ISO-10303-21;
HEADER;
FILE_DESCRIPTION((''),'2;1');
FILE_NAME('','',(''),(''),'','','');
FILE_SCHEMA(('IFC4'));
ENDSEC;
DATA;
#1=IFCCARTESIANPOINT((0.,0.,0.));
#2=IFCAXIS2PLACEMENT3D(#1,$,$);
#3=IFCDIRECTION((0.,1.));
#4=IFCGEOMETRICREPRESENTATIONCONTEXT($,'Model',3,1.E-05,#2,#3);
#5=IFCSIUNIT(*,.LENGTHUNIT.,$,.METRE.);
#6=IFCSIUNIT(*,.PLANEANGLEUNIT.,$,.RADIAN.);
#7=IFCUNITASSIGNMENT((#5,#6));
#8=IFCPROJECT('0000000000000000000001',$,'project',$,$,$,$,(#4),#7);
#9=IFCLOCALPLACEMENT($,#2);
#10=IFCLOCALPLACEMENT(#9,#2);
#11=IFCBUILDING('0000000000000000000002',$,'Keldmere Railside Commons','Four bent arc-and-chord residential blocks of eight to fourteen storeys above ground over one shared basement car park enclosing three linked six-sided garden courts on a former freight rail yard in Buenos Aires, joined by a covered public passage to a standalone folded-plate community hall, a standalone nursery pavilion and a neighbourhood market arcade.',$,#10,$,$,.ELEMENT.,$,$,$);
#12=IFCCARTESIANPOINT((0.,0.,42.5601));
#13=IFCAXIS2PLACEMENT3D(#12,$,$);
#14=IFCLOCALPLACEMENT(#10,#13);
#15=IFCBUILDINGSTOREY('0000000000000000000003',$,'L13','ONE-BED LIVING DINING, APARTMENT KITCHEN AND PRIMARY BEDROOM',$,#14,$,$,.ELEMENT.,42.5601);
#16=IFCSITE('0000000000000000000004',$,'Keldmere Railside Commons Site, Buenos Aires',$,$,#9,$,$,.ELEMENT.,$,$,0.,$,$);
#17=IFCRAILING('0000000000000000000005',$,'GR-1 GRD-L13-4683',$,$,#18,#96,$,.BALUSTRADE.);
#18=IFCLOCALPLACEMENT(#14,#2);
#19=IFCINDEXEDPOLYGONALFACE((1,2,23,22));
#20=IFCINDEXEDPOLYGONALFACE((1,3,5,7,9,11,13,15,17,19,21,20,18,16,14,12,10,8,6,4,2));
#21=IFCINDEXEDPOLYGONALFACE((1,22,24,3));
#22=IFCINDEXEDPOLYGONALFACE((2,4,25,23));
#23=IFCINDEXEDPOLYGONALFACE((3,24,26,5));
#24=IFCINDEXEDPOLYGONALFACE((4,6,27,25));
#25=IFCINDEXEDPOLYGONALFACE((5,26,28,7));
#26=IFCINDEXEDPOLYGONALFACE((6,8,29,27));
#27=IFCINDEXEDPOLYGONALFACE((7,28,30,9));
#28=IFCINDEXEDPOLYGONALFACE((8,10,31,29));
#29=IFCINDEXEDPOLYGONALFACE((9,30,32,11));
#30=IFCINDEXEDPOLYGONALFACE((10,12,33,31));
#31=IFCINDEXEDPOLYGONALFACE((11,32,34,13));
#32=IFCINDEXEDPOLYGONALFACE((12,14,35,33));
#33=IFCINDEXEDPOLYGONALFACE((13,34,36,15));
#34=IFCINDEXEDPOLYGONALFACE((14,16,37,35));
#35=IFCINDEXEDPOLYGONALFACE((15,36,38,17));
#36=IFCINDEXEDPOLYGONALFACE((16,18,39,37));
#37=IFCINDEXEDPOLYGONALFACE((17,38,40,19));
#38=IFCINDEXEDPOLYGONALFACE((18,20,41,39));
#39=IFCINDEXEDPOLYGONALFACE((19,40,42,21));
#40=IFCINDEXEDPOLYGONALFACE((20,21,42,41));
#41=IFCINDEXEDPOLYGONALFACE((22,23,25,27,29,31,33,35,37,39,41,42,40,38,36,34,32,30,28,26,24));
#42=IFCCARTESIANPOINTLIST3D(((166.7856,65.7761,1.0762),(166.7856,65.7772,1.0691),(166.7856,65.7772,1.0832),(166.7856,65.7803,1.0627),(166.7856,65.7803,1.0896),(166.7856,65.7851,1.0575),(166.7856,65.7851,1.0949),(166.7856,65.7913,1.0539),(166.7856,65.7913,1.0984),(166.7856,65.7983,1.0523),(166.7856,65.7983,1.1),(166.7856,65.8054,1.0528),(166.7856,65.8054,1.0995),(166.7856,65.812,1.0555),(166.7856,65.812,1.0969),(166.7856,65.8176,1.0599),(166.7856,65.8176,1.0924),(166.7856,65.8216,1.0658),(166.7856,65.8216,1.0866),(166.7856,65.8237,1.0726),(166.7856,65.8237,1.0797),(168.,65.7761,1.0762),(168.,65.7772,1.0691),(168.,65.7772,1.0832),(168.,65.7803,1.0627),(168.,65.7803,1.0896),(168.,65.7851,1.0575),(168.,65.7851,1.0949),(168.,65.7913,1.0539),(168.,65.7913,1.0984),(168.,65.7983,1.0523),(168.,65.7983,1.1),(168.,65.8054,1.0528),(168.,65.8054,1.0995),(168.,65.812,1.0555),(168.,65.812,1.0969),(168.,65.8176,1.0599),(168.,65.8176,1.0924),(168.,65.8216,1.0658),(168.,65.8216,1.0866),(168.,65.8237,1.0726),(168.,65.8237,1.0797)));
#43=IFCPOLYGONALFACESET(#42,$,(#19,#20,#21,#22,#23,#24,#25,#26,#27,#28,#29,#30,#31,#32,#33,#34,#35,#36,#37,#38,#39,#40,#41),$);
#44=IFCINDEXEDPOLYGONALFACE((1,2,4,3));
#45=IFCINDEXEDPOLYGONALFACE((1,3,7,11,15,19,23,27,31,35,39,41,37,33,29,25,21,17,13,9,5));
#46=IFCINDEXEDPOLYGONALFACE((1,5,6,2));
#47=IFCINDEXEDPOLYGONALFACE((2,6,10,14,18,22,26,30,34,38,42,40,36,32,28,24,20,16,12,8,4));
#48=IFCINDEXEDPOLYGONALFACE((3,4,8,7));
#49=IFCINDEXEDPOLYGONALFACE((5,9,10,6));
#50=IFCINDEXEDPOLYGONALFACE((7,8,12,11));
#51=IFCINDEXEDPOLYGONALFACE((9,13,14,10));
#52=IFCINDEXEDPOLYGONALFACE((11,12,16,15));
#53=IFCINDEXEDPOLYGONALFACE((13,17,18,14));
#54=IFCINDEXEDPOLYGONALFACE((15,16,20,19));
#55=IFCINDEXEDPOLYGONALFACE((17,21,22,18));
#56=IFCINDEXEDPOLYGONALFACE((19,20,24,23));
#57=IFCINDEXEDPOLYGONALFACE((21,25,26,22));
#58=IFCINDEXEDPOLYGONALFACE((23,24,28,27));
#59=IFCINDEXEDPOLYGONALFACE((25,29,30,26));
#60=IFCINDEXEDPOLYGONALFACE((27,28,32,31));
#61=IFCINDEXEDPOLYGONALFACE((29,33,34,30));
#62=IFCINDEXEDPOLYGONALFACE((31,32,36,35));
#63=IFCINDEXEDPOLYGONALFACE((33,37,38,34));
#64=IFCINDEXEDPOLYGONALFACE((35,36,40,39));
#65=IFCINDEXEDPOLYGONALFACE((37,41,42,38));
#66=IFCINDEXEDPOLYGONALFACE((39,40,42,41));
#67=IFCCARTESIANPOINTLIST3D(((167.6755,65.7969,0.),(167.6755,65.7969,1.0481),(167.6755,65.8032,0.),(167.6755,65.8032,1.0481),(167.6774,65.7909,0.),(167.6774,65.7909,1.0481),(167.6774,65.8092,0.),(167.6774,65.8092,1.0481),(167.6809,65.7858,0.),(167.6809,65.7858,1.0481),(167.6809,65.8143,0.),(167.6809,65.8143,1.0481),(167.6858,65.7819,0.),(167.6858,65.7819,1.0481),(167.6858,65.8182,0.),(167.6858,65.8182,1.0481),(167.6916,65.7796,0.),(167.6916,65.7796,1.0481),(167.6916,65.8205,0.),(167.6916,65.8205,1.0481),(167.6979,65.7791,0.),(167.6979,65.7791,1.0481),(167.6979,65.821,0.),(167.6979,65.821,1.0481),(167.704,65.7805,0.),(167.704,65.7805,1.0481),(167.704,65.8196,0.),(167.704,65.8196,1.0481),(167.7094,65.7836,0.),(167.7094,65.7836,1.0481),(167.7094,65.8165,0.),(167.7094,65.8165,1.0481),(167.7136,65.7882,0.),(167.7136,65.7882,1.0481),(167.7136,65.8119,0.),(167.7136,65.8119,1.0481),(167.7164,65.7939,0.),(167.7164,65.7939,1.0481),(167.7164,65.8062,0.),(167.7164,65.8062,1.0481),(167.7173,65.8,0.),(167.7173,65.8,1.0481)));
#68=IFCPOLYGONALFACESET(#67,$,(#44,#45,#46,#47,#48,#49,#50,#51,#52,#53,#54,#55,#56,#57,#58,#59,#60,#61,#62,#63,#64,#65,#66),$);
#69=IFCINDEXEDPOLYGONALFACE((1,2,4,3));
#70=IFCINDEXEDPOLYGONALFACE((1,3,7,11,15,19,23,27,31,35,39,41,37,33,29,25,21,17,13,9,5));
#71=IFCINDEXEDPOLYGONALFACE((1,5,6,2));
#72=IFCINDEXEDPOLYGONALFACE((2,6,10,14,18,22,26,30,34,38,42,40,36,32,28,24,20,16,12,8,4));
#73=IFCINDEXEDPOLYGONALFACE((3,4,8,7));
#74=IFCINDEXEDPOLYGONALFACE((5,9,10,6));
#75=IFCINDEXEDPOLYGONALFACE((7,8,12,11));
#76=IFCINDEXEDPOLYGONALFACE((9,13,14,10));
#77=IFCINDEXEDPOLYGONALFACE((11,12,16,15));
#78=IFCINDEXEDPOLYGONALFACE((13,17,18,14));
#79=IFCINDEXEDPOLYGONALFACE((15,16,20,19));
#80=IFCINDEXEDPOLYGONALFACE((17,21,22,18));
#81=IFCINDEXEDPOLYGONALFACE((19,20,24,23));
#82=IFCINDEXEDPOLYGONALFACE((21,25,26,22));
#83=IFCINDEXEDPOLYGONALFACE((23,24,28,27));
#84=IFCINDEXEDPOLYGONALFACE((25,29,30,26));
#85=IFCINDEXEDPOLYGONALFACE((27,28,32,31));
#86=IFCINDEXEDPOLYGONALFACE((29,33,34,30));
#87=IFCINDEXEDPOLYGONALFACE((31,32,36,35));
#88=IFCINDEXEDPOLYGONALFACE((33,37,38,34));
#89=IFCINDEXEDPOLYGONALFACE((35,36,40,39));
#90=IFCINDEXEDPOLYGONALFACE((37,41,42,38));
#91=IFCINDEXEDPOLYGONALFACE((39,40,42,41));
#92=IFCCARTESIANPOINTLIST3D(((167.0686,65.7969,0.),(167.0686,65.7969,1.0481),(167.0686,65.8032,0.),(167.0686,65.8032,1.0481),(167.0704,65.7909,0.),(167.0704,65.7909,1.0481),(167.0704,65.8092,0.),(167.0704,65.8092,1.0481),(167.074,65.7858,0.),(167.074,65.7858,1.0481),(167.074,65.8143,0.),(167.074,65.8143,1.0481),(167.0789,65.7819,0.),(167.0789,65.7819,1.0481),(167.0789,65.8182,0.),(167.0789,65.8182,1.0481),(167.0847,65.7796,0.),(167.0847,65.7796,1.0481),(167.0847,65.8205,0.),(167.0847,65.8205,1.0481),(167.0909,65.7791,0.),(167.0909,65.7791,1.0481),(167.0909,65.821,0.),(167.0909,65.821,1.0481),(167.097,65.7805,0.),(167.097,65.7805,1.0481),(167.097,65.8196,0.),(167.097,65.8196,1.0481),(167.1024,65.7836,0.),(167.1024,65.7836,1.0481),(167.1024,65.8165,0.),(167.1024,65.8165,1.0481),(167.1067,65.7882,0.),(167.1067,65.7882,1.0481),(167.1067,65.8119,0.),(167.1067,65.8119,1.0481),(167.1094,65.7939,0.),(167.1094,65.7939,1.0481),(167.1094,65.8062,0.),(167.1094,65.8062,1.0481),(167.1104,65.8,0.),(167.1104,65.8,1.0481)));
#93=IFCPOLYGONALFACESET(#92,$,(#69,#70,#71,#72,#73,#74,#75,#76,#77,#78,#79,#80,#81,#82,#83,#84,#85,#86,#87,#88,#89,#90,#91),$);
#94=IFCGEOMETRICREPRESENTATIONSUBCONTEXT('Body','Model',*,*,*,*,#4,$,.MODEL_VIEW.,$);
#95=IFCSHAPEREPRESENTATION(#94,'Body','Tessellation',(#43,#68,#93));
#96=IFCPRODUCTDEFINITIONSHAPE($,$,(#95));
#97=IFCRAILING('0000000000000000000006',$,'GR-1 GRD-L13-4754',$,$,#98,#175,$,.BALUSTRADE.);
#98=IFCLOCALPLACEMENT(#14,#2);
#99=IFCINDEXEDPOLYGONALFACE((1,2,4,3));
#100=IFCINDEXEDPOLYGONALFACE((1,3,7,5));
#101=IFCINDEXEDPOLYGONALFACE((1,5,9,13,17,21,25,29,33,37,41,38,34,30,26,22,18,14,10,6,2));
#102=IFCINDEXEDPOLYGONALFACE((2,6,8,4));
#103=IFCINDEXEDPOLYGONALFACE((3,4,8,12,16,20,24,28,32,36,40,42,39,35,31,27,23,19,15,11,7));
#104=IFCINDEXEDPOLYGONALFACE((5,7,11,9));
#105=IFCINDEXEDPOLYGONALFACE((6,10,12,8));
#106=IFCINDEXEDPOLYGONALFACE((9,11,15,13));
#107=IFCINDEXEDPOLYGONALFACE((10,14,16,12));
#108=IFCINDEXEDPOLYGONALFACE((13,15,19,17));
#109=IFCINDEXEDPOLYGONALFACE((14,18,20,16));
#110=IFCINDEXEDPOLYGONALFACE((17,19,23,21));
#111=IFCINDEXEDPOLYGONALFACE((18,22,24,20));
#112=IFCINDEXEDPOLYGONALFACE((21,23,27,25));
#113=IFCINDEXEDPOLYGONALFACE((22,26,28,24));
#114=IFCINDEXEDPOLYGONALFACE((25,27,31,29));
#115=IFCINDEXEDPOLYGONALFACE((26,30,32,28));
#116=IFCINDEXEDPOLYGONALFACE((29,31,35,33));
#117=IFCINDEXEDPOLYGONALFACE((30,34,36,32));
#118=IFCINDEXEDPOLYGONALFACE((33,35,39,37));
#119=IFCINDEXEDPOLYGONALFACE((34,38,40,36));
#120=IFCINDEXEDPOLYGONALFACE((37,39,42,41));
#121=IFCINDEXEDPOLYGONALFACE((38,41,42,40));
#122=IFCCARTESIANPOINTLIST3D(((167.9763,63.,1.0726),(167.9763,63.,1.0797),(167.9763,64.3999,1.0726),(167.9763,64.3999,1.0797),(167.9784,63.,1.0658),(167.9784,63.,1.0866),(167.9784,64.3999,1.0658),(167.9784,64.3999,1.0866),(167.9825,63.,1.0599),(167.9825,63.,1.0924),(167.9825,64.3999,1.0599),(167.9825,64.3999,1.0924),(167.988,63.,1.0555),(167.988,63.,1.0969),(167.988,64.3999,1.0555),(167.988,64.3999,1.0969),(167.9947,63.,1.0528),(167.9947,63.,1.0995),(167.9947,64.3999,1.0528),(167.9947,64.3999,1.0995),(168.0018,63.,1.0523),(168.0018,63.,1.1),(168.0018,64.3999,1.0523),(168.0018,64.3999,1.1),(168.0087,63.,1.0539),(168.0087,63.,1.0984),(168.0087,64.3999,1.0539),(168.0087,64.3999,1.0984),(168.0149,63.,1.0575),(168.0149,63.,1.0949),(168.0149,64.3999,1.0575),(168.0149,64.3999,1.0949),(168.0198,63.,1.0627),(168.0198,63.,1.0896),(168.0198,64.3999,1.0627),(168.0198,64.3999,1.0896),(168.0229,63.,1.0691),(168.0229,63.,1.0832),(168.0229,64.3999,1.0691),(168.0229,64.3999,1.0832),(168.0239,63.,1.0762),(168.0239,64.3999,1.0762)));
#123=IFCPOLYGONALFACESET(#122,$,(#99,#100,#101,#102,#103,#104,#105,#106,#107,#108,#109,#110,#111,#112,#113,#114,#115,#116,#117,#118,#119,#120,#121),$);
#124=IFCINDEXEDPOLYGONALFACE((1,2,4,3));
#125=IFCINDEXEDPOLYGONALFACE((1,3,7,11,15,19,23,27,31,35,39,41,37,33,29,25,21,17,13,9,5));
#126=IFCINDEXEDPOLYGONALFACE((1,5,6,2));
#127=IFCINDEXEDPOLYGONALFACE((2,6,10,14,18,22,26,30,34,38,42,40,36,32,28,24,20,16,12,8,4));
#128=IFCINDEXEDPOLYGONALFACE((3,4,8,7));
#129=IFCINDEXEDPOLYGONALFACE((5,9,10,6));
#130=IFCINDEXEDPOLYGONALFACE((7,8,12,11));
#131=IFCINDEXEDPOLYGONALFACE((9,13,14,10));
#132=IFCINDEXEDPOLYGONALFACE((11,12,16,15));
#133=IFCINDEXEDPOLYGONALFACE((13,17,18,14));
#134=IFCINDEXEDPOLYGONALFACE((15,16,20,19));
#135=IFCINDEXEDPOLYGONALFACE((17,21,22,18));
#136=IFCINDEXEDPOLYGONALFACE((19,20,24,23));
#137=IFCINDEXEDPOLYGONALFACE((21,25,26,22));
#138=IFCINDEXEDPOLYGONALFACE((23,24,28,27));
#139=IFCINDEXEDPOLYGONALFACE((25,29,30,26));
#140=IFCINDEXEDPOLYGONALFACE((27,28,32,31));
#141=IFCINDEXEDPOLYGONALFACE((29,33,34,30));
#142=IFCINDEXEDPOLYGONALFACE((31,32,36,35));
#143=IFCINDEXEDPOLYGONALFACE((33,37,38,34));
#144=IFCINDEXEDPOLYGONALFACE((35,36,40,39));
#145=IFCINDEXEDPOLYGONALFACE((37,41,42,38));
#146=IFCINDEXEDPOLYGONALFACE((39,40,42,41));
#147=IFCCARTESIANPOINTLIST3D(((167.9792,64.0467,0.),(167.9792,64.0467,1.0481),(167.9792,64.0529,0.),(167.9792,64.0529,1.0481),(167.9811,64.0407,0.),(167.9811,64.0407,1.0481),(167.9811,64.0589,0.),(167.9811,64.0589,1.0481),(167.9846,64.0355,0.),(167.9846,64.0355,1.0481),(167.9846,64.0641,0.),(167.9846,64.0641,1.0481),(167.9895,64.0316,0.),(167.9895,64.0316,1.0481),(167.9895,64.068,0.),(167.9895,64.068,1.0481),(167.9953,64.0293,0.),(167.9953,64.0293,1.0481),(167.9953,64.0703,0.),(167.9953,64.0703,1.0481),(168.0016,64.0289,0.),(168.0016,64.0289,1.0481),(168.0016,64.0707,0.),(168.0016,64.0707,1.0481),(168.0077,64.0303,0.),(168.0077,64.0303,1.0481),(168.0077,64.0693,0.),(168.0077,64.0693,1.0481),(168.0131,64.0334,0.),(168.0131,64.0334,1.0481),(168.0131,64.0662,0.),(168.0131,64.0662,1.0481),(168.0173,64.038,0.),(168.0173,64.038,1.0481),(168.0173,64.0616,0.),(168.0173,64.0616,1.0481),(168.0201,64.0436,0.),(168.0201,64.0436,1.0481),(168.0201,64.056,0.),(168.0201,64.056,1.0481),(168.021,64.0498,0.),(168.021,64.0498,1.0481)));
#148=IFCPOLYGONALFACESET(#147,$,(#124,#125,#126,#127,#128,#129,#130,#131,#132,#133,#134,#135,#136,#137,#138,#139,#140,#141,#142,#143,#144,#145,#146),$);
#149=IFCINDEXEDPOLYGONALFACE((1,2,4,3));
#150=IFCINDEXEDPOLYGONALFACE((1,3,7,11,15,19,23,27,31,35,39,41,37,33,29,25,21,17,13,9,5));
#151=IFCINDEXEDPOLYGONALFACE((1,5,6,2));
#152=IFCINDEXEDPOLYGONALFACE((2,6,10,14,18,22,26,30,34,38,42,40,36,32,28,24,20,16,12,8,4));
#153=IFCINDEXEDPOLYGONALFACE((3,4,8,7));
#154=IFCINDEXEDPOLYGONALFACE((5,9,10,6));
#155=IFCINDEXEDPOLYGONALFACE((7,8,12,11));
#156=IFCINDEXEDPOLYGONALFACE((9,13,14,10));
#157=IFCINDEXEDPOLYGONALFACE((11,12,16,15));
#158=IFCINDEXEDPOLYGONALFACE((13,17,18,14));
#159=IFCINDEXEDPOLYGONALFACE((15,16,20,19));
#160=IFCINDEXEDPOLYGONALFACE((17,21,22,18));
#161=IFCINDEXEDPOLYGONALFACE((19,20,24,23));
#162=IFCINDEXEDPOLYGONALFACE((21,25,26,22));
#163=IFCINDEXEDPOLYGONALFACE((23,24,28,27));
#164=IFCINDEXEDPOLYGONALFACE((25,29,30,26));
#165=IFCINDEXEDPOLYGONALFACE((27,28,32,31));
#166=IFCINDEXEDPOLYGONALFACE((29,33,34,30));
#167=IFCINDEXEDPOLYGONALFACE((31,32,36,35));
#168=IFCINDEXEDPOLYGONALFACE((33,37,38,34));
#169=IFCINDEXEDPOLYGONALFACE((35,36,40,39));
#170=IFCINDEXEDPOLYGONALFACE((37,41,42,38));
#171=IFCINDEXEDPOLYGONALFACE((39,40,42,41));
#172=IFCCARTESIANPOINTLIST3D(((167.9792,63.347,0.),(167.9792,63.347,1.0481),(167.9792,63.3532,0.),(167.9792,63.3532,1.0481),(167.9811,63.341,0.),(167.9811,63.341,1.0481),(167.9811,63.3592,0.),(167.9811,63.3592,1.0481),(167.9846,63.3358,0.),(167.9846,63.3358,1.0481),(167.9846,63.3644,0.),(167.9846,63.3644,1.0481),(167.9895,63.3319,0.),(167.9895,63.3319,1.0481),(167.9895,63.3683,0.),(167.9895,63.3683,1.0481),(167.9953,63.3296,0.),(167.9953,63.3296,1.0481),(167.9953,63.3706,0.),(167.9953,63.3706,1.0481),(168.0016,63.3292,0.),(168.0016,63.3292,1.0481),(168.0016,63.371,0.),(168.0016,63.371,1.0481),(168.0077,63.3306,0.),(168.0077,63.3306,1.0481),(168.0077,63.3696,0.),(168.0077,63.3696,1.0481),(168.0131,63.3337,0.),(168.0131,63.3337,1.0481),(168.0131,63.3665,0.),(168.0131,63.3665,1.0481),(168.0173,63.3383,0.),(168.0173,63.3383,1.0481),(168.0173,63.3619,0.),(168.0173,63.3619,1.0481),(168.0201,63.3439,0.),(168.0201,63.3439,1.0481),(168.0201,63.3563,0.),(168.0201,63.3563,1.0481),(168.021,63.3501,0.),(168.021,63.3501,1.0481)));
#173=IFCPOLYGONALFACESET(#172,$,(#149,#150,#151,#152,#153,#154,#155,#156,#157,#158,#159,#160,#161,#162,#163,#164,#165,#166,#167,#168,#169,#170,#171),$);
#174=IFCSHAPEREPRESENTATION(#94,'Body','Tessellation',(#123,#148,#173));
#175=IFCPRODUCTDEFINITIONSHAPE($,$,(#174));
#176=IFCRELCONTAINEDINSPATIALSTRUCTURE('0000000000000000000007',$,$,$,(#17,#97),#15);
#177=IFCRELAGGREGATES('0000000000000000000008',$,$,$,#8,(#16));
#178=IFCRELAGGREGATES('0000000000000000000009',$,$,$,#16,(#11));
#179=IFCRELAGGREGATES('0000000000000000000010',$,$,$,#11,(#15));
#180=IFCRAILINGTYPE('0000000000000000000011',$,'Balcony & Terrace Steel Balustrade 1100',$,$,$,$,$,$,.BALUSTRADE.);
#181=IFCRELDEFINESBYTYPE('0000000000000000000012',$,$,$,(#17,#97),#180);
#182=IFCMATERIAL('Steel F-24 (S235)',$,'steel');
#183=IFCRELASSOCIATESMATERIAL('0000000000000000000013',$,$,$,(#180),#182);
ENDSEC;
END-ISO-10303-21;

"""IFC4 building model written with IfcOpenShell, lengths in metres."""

from ifc_helpers import new_model, si_unit, direction, frame, origin, origin_2d, place, context, subcontext, project, spatial, circle, extrude, material, type_object, element, save


model = new_model("IFC4")

# Units and contexts
model_context = context("Model", 3, precision=1e-05, world=origin(), true_north=direction((0.0, 1.0)))
body_context = subcontext(model_context, "Body", "Model", "MODEL_VIEW")
ifc_project = project(units=[si_unit("LENGTHUNIT", "METRE"), si_unit("PLANEANGLEUNIT", "RADIAN")], contexts=[model_context])

# Site, building, storey
site_placement = place(None, origin())
site = spatial("IfcSite", under=ifc_project, at=site_placement, Name="Keldmere Railside Commons Site, Buenos Aires", CompositionType="ELEMENT", RefElevation=0.0)
building_placement = place(site_placement, origin())
building = spatial("IfcBuilding", under=site, at=building_placement, Name="Keldmere Railside Commons", Description="Four bent arc-and-chord residential blocks of eight to fourteen storeys above ground over one shared basement car park enclosing three linked six-sided garden courts on a former freight rail yard in Buenos Aires, joined by a covered public passage to a standalone folded-plate community hall, a standalone nursery pavilion and a neighbourhood market arcade.", CompositionType="ELEMENT")
storey_placement = place(building_placement, frame((0.0, 0.0, 42.5601)))
storey = spatial("IfcBuildingStorey", under=building, at=storey_placement, Name="L13", Description="ONE-BED LIVING DINING, APARTMENT KITCHEN AND PRIMARY BEDROOM", CompositionType="ELEMENT", Elevation=42.5601)

# Railings
ifc_material_1 = material(Name="Steel F-24 (S235)", Category="steel")
railing_type = type_object("IfcRailingType", Name="Balcony & Terrace Steel Balustrade 1100", PredefinedType="BALUSTRADE", material=ifc_material_1)
railing_1_placement = place(storey_placement, frame((168.0, 65.8, 0.0)))
element("IfcRailing", 1, at=railing_1_placement, inside=storey, type_object=railing_type, Name="GR-1 GRD-L13-4683", PredefinedType="BALUSTRADE", context=body_context, shape_type="SweptSolid", body=[
    extrude(circle(Radius=0.0239, at=origin_2d()), frame((0.0, 0.0, 1.0762), z_axis=(-1.0, 0.0, 0.0), x_axis=(0.0, -1.0, 0.0)), (0.0, 0.0, 1.0), 1.2144),
    extrude(circle(Radius=0.021, at=origin_2d()), frame((-0.3037, 0.0, 0.0)), (0.0, 0.0, 1.0), 1.0481),
    extrude(circle(Radius=0.021, at=origin_2d()), frame((-0.9106, 0.0, 0.0)), (0.0, 0.0, 1.0), 1.0481),
])
railing_2_placement = place(storey_placement, frame((168.0, 64.3999, 0.0)))
element("IfcRailing", 2, at=railing_2_placement, inside=storey, type_object=railing_type, Name="GR-1 GRD-L13-4754", PredefinedType="BALUSTRADE", context=body_context, shape_type="SweptSolid", body=[
    extrude(circle(Radius=0.0239, at=origin_2d()), frame((0.0, 0.0, 1.0762), z_axis=(0.0, -1.0, 0.0), x_axis=(1.0, 0.0, 0.0)), (0.0, 0.0, 1.0), 1.3999),
    extrude(circle(Radius=0.021, at=origin_2d()), frame((0.0, -0.3501, 0.0)), (0.0, 0.0, 1.0), 1.0481),
    extrude(circle(Radius=0.021, at=origin_2d()), frame((0.0, -1.0498, 0.0)), (0.0, 0.0, 1.0), 1.0481),
])

save(model, "model.ifc")
